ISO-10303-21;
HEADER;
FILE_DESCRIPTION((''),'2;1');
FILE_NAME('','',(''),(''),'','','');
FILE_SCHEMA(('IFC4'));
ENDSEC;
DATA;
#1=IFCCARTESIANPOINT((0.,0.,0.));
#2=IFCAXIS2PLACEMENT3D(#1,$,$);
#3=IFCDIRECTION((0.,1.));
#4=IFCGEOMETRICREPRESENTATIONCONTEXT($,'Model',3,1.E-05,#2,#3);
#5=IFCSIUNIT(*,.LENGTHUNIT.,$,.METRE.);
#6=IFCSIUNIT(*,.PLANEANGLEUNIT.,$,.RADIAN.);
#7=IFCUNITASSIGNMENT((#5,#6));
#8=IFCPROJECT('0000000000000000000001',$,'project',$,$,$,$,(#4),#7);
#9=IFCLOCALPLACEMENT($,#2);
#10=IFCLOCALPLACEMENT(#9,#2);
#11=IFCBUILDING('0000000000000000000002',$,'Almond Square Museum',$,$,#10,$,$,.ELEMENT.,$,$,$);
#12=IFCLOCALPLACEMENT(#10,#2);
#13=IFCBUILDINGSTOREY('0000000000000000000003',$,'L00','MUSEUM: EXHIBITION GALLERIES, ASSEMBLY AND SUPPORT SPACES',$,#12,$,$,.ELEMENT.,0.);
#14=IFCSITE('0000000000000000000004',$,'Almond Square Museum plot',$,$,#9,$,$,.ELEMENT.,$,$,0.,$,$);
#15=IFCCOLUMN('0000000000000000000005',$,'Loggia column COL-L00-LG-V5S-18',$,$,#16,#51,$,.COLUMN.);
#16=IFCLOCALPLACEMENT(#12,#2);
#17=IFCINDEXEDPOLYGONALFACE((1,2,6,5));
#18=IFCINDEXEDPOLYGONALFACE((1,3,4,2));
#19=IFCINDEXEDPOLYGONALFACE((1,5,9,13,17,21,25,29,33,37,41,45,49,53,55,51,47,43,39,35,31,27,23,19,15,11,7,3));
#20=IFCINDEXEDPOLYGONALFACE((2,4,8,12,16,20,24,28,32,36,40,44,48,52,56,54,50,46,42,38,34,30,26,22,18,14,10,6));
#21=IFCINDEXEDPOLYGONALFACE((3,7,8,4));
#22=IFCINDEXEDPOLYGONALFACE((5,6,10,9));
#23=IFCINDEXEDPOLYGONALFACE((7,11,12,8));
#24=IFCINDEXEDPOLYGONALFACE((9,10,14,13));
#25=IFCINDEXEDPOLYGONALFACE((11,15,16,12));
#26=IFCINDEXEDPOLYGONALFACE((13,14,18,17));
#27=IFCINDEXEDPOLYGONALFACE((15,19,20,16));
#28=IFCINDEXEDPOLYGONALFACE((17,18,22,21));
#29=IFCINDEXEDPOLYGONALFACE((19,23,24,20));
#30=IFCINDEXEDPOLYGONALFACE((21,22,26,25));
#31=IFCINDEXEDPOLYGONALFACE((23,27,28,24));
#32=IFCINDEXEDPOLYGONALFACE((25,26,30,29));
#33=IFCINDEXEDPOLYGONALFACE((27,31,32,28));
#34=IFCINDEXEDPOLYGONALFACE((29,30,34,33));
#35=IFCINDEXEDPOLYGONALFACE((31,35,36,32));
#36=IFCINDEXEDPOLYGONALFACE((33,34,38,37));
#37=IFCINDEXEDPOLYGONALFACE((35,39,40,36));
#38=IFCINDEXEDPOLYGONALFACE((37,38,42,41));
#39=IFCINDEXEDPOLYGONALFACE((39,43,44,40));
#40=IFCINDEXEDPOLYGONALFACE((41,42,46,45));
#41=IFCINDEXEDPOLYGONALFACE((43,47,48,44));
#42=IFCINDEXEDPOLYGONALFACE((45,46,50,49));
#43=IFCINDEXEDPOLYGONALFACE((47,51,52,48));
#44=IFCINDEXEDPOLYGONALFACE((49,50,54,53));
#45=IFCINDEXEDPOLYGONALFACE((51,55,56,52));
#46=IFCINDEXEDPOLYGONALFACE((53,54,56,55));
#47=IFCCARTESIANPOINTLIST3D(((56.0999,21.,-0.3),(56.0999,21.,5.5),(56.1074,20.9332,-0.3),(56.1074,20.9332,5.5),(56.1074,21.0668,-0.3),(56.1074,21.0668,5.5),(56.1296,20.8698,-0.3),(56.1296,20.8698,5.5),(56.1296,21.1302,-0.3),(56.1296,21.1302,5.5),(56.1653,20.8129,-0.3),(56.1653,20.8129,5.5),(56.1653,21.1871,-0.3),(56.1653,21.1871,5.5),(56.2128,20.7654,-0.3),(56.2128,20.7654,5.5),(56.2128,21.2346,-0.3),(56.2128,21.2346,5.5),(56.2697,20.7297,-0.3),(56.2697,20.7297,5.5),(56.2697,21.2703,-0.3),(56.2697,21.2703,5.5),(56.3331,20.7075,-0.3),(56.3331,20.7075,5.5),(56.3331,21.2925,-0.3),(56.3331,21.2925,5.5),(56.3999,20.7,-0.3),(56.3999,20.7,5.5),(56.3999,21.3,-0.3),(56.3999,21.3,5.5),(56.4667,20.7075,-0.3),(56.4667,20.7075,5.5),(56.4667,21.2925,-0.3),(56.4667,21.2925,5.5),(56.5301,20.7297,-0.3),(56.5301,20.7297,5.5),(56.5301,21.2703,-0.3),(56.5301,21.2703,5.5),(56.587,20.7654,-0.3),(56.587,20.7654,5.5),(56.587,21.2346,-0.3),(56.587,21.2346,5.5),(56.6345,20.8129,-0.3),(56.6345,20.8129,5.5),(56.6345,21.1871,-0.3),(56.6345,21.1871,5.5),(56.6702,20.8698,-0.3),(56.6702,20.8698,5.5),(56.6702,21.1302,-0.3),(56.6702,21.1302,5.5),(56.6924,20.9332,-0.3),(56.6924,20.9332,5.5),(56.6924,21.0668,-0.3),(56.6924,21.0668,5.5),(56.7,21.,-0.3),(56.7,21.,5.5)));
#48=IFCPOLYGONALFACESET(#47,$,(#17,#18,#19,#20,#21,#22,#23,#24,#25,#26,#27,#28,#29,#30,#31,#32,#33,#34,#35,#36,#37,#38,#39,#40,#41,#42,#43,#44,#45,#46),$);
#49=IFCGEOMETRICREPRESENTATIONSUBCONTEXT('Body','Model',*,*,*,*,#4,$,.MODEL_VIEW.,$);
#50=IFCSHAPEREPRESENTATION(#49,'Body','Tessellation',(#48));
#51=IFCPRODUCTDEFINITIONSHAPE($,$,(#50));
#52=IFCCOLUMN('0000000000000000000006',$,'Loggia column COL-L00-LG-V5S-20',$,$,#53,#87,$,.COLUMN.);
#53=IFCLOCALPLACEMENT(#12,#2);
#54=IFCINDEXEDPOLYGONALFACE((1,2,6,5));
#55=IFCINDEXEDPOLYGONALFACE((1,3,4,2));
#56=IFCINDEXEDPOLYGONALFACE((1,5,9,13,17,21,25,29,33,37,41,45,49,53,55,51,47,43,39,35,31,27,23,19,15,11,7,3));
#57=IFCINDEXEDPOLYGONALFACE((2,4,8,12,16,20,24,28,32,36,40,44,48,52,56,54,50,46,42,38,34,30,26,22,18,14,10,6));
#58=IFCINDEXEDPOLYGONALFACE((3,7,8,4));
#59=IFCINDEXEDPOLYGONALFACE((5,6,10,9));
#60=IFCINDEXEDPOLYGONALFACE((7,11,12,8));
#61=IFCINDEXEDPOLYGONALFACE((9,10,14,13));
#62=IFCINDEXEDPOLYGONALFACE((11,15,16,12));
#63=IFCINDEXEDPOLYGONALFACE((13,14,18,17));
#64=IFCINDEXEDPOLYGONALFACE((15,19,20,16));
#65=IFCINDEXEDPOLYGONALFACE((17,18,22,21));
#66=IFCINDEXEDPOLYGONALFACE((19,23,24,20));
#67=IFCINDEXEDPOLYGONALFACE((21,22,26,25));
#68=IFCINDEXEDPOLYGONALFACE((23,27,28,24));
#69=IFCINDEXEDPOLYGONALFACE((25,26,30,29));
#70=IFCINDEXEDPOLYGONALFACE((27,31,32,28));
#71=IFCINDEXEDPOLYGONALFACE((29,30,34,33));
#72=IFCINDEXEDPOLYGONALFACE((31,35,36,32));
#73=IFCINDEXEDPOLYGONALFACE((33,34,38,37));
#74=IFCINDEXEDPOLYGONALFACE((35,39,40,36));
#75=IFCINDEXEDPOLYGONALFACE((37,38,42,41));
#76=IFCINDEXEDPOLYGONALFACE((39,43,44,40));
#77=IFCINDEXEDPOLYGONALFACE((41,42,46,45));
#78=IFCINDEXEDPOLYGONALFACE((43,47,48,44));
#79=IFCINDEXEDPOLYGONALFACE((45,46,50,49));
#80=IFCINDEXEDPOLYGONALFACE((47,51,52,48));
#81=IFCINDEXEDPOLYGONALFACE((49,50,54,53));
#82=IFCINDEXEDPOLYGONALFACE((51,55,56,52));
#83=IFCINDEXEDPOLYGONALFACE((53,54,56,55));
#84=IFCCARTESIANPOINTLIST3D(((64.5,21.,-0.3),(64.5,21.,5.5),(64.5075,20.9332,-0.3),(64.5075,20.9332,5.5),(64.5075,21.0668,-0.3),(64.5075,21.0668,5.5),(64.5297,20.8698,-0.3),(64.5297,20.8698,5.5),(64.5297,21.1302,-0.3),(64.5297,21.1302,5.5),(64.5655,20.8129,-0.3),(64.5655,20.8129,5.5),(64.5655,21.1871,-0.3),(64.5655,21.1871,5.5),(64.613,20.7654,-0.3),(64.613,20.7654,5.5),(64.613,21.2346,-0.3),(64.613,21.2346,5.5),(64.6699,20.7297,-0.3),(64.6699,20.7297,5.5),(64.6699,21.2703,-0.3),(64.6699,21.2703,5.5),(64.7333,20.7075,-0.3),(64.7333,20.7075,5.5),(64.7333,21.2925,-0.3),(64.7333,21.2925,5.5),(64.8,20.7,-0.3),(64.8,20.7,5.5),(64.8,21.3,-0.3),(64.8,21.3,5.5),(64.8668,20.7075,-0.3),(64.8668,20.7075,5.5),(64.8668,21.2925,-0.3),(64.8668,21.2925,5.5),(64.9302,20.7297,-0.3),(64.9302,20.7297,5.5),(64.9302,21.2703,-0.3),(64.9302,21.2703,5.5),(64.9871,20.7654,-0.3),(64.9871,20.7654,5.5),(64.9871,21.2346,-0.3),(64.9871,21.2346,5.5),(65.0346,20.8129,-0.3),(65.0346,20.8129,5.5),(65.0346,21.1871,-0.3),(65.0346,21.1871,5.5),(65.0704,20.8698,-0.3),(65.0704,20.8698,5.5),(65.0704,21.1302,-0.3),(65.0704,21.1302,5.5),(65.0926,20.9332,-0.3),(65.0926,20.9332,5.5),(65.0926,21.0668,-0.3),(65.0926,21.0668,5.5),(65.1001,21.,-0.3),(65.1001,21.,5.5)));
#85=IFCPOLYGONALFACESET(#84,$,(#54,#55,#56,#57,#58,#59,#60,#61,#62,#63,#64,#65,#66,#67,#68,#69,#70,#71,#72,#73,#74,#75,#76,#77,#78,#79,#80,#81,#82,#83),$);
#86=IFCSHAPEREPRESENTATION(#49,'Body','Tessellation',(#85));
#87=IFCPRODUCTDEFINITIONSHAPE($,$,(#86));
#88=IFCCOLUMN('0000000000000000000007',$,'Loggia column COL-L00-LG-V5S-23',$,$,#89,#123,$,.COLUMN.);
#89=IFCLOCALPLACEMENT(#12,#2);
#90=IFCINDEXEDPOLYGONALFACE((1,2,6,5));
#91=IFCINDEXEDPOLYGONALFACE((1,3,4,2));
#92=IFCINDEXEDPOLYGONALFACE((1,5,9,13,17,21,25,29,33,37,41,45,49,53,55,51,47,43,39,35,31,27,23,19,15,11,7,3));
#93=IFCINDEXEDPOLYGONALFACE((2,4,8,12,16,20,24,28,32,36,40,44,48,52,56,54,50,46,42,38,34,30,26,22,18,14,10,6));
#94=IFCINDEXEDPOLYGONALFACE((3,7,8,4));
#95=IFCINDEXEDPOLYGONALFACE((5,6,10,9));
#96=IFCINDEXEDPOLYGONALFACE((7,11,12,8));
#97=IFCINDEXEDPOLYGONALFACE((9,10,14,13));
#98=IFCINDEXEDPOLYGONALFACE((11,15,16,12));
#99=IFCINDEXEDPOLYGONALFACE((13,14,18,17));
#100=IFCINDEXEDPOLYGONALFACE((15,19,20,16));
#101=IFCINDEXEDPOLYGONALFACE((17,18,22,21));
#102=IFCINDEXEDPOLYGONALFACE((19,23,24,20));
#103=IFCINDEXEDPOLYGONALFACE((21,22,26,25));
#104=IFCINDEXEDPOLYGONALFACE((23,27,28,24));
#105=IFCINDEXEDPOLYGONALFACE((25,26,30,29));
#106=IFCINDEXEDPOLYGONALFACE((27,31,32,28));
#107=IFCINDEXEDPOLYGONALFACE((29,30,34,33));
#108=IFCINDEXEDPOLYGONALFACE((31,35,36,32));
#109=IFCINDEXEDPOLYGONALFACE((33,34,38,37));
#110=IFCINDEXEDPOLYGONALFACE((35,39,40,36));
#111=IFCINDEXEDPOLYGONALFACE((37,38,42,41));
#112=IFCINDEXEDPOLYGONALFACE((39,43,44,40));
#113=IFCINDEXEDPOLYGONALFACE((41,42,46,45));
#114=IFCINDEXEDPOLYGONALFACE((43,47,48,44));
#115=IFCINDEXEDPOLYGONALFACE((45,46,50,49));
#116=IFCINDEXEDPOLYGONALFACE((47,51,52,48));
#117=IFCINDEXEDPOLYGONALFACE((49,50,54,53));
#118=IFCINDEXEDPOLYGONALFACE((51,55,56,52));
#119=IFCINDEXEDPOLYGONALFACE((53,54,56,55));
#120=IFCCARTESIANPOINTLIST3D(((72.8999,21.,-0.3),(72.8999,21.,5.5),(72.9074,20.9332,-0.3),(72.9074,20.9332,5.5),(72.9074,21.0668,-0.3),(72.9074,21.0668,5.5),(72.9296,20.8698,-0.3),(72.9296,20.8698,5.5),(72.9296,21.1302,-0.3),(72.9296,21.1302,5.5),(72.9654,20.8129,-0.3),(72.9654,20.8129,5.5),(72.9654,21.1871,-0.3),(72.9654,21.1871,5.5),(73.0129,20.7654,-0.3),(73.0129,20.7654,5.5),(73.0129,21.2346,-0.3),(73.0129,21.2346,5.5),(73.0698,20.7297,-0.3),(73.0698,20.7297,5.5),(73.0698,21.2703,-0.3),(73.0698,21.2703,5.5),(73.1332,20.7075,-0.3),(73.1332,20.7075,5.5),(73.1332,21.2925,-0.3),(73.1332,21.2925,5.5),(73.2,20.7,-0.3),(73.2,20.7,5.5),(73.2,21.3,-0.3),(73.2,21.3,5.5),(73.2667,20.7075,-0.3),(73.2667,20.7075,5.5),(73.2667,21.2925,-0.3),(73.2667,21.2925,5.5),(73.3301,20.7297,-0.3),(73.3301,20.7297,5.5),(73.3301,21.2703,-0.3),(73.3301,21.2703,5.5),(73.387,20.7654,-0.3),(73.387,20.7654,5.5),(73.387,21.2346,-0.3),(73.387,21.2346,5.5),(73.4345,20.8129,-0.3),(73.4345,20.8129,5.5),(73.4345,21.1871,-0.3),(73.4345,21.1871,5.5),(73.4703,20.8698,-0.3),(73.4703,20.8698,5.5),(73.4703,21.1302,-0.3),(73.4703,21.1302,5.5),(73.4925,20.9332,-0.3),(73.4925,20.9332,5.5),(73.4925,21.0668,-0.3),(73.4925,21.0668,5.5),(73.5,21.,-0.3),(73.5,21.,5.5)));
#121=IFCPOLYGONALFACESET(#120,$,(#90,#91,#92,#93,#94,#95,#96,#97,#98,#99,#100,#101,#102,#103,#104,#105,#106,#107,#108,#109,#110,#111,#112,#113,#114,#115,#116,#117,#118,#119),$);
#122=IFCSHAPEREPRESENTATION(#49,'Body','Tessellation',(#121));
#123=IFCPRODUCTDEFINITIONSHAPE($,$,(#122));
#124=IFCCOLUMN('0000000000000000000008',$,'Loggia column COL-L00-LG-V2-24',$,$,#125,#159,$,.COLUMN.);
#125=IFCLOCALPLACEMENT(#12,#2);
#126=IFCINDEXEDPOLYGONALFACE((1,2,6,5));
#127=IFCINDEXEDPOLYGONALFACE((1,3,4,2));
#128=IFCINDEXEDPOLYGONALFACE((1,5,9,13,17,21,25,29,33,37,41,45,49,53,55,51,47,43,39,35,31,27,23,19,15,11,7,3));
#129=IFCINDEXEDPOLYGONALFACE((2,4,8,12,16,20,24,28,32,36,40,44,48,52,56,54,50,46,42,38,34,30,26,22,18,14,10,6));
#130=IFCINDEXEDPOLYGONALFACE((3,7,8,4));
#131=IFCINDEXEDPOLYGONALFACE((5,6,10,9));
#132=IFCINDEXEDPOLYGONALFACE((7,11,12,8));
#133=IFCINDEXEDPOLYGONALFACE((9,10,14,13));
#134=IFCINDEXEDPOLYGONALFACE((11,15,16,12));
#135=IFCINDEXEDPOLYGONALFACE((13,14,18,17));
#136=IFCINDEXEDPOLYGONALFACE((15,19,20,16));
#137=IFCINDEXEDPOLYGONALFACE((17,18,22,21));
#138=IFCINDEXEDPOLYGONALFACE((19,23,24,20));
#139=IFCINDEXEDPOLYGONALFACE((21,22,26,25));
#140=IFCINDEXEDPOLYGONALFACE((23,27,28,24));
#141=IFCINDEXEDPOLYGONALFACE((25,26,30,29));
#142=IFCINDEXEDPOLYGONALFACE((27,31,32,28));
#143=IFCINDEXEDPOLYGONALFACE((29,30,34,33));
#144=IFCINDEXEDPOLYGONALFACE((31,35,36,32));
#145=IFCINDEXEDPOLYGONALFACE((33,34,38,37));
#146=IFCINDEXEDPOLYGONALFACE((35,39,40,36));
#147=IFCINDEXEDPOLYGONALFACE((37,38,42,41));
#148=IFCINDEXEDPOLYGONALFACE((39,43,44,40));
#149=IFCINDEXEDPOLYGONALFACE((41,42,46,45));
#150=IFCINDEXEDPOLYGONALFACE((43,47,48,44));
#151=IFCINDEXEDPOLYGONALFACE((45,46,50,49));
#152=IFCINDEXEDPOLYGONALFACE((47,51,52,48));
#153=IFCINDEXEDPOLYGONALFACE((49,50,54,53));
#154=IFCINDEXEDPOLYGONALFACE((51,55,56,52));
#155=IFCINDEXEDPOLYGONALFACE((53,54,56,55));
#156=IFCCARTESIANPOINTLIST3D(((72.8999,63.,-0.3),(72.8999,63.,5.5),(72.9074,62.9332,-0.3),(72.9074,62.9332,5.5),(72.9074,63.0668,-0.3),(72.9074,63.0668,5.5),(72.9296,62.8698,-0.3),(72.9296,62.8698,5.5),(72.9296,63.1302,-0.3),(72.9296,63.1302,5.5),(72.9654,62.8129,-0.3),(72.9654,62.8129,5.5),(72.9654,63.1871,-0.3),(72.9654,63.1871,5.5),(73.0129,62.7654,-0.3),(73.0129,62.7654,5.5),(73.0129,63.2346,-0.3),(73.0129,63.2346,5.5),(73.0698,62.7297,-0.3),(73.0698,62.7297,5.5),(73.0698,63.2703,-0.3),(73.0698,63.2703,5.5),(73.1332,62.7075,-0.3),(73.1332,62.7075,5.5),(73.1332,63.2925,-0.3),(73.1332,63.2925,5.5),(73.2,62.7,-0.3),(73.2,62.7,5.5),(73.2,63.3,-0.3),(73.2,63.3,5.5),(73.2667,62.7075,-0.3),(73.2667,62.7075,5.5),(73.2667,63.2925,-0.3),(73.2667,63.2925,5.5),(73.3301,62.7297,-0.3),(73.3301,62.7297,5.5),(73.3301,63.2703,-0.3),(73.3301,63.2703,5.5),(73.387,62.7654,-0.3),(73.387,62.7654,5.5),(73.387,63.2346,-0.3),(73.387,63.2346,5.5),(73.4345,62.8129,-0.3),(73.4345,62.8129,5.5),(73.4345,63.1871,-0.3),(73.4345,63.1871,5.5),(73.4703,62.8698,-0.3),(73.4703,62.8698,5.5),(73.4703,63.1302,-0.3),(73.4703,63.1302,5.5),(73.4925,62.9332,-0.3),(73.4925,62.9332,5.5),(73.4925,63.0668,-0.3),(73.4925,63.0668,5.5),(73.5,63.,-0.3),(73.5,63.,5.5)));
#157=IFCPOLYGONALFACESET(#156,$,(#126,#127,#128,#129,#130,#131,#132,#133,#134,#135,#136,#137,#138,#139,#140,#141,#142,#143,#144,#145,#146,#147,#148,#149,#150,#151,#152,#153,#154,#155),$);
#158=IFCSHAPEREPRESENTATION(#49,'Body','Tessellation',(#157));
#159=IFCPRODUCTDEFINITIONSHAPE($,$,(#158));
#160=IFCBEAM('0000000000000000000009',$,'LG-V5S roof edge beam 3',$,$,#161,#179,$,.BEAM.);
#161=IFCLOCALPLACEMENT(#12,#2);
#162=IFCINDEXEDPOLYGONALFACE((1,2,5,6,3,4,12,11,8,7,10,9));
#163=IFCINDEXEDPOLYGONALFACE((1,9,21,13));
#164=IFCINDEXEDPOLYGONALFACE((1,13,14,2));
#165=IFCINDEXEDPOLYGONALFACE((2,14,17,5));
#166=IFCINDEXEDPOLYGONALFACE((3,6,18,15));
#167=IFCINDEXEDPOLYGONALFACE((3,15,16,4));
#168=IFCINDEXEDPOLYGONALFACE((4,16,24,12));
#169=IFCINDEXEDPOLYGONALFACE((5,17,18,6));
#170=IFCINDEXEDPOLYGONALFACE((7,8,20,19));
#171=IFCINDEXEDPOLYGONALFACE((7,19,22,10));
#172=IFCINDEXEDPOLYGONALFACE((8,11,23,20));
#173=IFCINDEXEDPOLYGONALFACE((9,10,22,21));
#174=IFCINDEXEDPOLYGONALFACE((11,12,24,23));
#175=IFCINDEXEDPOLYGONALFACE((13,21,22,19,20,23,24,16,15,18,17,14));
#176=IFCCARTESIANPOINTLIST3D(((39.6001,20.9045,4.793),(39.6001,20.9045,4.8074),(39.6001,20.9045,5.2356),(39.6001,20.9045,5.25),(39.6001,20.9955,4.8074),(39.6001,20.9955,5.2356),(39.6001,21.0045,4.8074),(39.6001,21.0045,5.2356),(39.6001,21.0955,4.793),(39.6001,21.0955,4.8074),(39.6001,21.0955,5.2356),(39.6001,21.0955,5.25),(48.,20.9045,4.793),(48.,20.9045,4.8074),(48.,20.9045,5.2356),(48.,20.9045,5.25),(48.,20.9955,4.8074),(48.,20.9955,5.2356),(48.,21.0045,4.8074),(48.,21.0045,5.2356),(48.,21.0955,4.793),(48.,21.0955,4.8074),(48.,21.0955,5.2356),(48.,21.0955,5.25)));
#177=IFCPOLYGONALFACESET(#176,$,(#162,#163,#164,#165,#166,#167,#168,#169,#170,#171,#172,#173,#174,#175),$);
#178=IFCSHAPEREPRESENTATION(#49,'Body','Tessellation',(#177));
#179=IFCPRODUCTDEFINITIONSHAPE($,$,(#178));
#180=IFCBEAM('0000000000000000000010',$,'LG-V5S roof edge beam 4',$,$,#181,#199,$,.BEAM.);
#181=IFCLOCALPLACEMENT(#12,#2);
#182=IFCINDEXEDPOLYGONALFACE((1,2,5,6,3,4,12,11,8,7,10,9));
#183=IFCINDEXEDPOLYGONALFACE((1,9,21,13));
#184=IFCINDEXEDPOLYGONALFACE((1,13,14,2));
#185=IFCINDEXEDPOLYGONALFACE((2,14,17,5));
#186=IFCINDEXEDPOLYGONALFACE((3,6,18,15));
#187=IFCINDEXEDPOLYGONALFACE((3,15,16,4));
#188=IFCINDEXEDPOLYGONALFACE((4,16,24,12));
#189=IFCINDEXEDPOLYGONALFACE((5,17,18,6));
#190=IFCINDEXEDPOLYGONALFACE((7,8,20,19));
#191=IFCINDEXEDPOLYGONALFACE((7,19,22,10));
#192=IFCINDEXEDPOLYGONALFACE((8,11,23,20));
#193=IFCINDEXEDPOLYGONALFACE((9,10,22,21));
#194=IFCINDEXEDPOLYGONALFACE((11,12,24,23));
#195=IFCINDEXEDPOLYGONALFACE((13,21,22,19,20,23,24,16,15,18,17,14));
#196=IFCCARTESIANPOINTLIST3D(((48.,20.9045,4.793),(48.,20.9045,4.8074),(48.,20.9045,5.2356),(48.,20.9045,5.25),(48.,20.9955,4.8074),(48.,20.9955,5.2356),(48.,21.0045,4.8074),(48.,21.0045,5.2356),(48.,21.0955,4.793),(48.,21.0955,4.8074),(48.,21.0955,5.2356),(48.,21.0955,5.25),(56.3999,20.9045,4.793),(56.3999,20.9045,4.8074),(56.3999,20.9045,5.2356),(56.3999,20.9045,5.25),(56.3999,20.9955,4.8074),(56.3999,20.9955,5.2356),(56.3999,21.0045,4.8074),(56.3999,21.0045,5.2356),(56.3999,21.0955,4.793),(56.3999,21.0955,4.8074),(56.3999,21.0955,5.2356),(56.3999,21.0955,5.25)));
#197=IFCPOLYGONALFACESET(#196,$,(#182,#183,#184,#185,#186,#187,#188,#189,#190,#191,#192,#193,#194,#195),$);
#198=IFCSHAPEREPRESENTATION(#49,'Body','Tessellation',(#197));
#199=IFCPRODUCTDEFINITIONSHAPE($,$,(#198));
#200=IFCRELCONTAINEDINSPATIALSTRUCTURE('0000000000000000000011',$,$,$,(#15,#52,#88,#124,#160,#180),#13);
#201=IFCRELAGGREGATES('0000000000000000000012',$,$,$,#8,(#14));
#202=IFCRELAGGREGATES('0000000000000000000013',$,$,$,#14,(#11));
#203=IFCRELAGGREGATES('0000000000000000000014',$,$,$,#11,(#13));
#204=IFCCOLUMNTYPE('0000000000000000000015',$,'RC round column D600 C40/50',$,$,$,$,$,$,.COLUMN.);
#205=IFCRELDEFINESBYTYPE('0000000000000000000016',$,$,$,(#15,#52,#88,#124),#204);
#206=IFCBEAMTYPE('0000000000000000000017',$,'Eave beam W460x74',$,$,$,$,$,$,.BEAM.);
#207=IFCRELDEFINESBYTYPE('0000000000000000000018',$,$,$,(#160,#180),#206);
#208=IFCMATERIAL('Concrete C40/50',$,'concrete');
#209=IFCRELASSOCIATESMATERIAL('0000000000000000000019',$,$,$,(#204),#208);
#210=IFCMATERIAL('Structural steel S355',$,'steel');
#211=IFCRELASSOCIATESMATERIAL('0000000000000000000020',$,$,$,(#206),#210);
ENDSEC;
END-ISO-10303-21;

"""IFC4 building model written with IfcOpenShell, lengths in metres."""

from ifc_helpers import new_model, si_unit, direction, frame, origin, origin_2d, place, context, subcontext, project, spatial, circle, i_section, extrude, material, material_profile, profile_set, type_object, element, save


model = new_model("IFC4")

# Units and contexts
model_context = context("Model", 3, precision=1e-05, world=origin(), true_north=direction((0.0, 1.0)))
body_context = subcontext(model_context, "Body", "Model", "MODEL_VIEW")
ifc_project = project(units=[si_unit("LENGTHUNIT", "METRE"), si_unit("PLANEANGLEUNIT", "RADIAN")], contexts=[model_context])

# Site, building, storey
site_placement = place(None, origin())
site = spatial("IfcSite", under=ifc_project, at=site_placement, Name="Almond Square Museum plot", CompositionType="ELEMENT", RefElevation=0.0)
building_placement = place(site_placement, origin())
building = spatial("IfcBuilding", under=site, at=building_placement, Name="Almond Square Museum", CompositionType="ELEMENT")
storey_placement = place(building_placement, origin())
storey = spatial("IfcBuildingStorey", under=building, at=storey_placement, Name="L00", Description="MUSEUM: EXHIBITION GALLERIES, ASSEMBLY AND SUPPORT SPACES", CompositionType="ELEMENT", Elevation=0.0)

# Columns
ifc_material_1 = material(Name="Concrete C40/50", Category="concrete")
ifc_material_profile_1 = material_profile(ifc_material_1, circle(Radius=0.3, at=origin_2d()))
ifc_profile_set_1 = profile_set([ifc_material_profile_1], Name="Concrete C40/50")
column_type = type_object("IfcColumnType", Name="RC round column D600 C40/50", PredefinedType="COLUMN", material=ifc_profile_set_1)
for number, where, z_axis, x_axis, name in (
    (1, (56.3999, 21.0, -0.3), (0.0, 0.0, 1.0), (1.0, 0.0, 0.0), "Loggia column COL-L00-LG-V5S-18"),
    (2, (64.8, 21.0, -0.3), (0.0, 0.0, 1.0), (1.0, 0.0, 0.0), "Loggia column COL-L00-LG-V5S-20"),
    (3, (73.2, 21.0, -0.3), (0.0, 0.0, 1.0), (1.0, 0.0, 0.0), "Loggia column COL-L00-LG-V5S-23"),
    (4, (73.2, 63.0, -0.3), (0.0, 0.0, 1.0), (1.0, 0.0, 0.0), "Loggia column COL-L00-LG-V2-24"),
):
    element("IfcColumn", number, at=place(storey_placement, frame(where, z_axis=z_axis, x_axis=x_axis)), inside=storey, type_object=column_type, Name=name, PredefinedType="COLUMN", context=body_context, shape_type="SweptSolid", body=[
        extrude(circle(Radius=0.3, at=origin_2d()), origin(), (0.0, 0.0, 1.0), 5.8),
    ])

# Beams
ifc_material_2 = material(Name="Structural steel S355", Category="steel")
ifc_material_profile_2 = material_profile(ifc_material_2, i_section(OverallWidth=0.1909, OverallDepth=0.457, WebThickness=0.009, FlangeThickness=0.0144, at=origin_2d()))
ifc_profile_set_2 = profile_set([ifc_material_profile_2], Name="Structural steel S355")
beam_type_1 = type_object("IfcBeamType", Name="Eave beam W460x74", PredefinedType="BEAM", material=ifc_profile_set_2)
for number, where, z_axis, x_axis, name in (
    (5, (39.6001, 21.0, 5.0215), (1.0, 0.0, 0.0), (0.0, 1.0, 0.0), "LG-V5S roof edge beam 3"),
    (6, (48.0, 21.0, 5.0215), (1.0, 0.0, 0.0), (0.0, 1.0, 0.0), "LG-V5S roof edge beam 4"),
):
    element("IfcBeam", number, at=place(storey_placement, frame(where, z_axis=z_axis, x_axis=x_axis)), inside=storey, type_object=beam_type_1, Name=name, PredefinedType="BEAM", context=body_context, shape_type="SweptSolid", body=[
        extrude(i_section(OverallWidth=0.1909, OverallDepth=0.457, WebThickness=0.009, FlangeThickness=0.0144, at=origin_2d()), origin(), (0.0, 0.0, 1.0), 8.3999),
    ])

save(model, "model.ifc")
